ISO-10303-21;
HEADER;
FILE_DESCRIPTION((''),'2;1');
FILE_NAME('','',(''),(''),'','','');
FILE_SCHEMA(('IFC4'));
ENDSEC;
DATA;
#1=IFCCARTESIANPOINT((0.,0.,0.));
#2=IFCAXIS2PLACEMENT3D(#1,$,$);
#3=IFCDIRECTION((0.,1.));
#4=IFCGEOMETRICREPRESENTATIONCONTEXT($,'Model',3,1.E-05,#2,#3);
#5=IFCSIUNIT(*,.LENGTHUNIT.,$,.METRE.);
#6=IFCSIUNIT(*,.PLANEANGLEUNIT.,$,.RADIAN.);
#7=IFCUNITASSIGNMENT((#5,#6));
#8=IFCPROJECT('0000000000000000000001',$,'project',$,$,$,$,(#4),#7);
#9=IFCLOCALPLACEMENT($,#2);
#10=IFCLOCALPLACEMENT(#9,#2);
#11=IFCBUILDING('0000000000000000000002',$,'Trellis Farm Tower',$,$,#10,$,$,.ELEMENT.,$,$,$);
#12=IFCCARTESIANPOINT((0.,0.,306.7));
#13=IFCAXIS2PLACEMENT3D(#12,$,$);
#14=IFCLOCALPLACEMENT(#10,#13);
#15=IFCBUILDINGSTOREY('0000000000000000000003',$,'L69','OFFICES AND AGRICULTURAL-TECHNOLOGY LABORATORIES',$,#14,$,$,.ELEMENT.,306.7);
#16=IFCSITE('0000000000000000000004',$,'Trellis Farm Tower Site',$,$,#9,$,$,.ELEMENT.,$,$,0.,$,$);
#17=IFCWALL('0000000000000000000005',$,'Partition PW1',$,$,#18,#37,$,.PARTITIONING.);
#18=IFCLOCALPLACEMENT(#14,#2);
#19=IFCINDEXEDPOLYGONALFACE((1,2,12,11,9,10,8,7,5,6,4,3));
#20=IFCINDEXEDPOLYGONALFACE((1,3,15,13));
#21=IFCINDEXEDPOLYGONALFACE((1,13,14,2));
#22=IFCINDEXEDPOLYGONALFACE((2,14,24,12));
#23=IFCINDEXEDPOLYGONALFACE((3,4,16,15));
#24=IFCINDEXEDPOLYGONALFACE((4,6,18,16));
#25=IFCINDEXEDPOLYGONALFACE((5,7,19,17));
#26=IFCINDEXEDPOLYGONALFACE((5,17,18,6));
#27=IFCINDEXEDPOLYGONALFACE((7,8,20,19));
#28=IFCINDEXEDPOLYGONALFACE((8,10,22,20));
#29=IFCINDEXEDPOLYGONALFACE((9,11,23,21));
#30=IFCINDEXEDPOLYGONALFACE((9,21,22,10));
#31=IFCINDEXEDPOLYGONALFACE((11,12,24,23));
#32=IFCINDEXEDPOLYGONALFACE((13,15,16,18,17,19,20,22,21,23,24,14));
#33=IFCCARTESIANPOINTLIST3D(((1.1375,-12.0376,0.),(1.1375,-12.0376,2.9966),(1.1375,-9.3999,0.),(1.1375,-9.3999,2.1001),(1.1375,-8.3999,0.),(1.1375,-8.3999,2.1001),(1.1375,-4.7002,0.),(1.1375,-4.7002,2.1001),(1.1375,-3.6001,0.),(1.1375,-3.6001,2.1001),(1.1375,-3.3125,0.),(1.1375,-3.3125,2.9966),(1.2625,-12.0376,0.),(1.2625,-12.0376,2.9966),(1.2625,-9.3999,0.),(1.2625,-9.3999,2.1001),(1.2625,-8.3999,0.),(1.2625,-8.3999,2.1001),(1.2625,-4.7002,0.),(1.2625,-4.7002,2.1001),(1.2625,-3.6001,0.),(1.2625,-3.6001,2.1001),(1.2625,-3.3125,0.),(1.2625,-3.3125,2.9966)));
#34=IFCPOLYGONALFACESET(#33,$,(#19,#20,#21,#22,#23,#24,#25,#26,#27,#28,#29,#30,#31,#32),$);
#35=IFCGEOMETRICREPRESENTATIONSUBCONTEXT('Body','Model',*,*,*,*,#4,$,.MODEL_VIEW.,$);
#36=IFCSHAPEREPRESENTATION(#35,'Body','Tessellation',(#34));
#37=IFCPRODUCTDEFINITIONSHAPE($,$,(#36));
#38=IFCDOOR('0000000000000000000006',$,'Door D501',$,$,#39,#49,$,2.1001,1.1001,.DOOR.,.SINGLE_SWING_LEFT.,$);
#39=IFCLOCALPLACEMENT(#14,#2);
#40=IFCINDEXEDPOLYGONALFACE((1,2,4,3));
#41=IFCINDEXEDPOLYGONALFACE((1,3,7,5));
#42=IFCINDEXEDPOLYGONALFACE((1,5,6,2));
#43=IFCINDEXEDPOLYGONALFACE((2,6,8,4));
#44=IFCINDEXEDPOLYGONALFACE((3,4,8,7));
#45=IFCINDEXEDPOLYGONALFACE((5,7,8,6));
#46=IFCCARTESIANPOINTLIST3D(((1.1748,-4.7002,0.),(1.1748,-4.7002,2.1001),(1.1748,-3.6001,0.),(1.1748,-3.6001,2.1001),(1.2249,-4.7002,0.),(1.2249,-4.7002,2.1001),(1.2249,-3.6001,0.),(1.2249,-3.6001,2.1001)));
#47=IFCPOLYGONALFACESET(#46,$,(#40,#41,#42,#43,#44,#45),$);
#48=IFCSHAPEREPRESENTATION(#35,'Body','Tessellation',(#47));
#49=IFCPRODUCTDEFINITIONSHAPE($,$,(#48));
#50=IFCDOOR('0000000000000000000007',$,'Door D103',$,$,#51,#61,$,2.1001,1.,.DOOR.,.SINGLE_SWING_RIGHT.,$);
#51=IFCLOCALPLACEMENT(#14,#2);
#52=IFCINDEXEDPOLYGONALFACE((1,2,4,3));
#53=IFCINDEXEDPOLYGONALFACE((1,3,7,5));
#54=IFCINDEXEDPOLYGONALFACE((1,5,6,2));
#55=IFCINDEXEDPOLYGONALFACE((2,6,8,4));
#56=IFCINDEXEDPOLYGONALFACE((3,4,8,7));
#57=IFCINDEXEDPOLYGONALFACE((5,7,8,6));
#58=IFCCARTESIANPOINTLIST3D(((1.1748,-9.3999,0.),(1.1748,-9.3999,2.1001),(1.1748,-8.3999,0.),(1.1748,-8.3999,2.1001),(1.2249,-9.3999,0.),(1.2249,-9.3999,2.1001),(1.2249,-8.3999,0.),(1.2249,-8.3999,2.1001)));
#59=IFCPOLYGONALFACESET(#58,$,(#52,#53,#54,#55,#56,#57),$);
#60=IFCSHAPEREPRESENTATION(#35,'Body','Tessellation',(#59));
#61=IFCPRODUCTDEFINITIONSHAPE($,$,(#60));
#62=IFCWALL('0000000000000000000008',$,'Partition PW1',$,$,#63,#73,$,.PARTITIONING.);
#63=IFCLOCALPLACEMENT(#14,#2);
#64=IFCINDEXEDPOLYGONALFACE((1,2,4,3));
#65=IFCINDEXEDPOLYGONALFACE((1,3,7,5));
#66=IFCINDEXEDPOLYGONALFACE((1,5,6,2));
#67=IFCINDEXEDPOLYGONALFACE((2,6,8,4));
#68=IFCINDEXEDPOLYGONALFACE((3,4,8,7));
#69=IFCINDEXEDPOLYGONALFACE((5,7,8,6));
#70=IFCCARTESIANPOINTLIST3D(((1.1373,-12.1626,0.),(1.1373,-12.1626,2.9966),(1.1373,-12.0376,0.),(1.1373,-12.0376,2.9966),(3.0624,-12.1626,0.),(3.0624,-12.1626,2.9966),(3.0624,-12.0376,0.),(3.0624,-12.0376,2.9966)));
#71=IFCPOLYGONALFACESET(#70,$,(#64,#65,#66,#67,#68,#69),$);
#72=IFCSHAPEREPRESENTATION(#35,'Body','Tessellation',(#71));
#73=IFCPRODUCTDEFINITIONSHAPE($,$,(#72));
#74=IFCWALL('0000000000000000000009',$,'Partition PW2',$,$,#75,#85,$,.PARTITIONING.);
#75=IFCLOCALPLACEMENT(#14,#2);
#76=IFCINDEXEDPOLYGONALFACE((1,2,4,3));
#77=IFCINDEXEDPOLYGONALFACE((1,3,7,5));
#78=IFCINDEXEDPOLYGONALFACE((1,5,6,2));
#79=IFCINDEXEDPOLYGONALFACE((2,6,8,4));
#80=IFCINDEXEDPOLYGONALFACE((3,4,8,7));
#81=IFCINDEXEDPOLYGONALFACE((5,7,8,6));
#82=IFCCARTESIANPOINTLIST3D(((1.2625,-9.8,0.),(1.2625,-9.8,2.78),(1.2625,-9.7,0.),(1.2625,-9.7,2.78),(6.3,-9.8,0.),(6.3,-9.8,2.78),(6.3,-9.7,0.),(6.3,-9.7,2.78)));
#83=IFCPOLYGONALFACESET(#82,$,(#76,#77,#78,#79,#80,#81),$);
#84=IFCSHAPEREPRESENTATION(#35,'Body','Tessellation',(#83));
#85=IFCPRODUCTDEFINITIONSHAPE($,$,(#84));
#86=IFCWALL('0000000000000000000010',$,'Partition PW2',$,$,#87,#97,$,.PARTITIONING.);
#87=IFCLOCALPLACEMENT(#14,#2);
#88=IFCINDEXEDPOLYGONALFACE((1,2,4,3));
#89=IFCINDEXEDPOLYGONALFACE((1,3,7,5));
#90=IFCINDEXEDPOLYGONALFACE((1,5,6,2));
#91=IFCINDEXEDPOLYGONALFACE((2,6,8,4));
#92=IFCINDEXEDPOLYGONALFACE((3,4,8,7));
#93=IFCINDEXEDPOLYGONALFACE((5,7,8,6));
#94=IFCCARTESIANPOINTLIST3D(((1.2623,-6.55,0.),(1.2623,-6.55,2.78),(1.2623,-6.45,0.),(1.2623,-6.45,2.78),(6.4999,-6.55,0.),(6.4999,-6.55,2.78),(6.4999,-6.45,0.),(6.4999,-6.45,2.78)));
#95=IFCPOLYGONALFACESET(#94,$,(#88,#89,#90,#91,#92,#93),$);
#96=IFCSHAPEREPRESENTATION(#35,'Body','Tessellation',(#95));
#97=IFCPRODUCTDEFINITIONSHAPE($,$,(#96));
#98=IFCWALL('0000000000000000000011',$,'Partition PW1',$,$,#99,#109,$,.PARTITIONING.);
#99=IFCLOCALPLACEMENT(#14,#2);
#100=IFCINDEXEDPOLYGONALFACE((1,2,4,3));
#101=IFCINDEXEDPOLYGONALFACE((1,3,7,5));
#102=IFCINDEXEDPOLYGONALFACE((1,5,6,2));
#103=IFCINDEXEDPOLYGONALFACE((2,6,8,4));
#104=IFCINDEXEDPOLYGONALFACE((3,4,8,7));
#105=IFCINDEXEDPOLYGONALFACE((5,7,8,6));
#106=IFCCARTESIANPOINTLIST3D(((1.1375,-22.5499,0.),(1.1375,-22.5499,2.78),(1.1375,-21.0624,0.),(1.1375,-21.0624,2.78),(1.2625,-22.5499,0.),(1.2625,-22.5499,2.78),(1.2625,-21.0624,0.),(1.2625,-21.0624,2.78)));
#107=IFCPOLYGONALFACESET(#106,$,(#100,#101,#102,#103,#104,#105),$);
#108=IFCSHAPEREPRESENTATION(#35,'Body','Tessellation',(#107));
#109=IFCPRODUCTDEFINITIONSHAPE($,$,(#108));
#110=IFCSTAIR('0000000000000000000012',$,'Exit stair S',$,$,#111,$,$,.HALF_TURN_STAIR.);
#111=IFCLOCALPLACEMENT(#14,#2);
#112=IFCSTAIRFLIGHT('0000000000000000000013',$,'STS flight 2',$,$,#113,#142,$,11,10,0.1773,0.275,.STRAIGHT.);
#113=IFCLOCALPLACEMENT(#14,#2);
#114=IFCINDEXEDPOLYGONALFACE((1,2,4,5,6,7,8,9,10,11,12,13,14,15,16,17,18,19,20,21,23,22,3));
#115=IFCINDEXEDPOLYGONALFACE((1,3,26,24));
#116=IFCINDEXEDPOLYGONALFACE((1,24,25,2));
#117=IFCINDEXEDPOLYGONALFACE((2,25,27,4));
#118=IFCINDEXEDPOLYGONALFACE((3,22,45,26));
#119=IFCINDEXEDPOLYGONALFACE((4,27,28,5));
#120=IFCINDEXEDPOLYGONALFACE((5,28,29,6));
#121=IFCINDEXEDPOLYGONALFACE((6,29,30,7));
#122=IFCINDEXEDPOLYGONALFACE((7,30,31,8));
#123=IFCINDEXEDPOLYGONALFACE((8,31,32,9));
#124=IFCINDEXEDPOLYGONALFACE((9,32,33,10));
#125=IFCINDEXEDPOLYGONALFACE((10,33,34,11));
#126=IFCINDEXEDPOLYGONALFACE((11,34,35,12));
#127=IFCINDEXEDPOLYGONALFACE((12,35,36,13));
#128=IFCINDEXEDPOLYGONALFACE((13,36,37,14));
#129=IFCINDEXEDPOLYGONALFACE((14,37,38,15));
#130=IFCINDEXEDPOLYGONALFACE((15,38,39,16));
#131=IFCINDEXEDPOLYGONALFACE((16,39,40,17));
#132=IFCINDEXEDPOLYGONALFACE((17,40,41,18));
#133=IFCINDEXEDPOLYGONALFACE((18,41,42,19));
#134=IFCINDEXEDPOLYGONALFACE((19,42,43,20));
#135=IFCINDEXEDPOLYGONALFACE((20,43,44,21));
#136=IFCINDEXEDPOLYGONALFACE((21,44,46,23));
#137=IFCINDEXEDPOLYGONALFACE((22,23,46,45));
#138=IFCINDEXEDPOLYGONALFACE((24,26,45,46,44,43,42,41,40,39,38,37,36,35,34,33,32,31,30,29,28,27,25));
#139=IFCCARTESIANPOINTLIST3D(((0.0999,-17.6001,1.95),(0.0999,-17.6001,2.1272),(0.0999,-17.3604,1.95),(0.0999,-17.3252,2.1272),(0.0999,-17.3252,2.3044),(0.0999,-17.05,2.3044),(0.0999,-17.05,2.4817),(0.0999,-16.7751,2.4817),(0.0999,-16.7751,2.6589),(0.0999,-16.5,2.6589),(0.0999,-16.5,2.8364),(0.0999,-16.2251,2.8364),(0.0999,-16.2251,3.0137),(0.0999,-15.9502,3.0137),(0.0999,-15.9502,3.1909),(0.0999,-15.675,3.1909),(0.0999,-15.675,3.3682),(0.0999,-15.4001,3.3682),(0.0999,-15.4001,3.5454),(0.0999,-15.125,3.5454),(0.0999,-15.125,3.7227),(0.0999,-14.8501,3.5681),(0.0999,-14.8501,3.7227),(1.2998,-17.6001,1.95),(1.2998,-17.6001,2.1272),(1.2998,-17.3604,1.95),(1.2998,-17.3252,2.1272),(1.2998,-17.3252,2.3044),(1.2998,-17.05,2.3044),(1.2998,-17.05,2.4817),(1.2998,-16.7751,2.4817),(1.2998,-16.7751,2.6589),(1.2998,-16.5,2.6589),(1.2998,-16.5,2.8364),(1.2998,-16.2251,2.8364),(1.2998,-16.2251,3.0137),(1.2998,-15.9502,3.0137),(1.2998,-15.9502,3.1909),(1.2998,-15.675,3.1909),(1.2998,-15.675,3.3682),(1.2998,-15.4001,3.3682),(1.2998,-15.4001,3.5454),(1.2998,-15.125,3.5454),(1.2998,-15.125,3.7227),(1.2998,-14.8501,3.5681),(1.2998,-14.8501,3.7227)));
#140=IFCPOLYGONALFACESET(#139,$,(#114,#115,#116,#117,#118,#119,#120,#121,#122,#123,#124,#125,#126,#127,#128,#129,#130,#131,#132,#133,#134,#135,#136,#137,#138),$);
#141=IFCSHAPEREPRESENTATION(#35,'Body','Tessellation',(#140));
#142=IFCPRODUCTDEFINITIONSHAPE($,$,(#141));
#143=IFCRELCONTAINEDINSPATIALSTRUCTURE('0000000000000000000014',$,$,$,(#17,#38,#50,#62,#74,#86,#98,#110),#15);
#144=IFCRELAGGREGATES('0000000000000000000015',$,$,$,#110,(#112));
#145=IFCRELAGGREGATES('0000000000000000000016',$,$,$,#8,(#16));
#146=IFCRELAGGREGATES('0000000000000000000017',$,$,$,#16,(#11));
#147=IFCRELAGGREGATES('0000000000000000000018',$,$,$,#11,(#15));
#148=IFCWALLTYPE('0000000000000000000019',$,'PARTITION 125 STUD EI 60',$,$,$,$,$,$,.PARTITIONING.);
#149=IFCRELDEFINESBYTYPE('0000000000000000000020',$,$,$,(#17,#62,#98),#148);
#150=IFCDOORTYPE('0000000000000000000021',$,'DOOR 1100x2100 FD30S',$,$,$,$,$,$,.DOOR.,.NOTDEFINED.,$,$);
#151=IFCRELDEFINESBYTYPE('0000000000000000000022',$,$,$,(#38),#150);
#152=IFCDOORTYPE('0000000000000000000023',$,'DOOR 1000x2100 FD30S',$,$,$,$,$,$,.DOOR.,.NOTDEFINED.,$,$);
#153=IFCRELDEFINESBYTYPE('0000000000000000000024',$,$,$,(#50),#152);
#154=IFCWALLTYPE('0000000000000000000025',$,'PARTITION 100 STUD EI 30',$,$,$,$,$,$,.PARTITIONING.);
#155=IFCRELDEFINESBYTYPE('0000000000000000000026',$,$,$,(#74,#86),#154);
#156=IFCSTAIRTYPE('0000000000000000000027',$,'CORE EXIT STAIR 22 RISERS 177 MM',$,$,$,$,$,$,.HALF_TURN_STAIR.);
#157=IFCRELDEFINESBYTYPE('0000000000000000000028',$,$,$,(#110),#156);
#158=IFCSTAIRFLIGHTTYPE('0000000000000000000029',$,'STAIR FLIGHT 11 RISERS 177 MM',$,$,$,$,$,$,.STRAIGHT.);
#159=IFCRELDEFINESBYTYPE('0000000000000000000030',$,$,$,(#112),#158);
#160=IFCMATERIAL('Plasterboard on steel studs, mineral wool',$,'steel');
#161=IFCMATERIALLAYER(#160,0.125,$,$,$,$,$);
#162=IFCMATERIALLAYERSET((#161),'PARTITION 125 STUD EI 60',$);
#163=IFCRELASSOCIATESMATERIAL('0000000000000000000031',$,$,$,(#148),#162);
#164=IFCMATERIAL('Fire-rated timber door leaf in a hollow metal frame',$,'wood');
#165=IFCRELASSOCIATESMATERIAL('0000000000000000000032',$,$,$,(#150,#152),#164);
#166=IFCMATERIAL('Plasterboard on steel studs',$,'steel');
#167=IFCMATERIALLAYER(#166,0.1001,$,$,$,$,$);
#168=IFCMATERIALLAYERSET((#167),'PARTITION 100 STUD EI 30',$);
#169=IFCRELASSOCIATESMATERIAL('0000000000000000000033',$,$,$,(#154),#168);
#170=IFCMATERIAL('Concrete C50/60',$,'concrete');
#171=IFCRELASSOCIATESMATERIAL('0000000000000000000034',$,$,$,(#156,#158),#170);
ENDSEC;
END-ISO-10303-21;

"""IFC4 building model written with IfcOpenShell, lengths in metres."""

from ifc_helpers import new_model, si_unit, direction, frame, frame_2d, origin, place, context, subcontext, project, spatial, polyline, rectangle, outline, extrude, source, transform, mapped, material, layer, layer_set, type_object, element, fill, aggregate, save


model = new_model("IFC4")

# Units and contexts
model_context = context("Model", 3, precision=1e-05, world=origin(), true_north=direction((0.0, 1.0)))
body_context = subcontext(model_context, "Body", "Model", "MODEL_VIEW")
ifc_project = project(units=[si_unit("LENGTHUNIT", "METRE"), si_unit("PLANEANGLEUNIT", "RADIAN")], contexts=[model_context])

# Site, building, storey
site_placement = place(None, origin())
site = spatial("IfcSite", under=ifc_project, at=site_placement, Name="Trellis Farm Tower Site", CompositionType="ELEMENT", RefElevation=0.0)
building_placement = place(site_placement, origin())
building = spatial("IfcBuilding", under=site, at=building_placement, Name="Trellis Farm Tower", CompositionType="ELEMENT")
storey_placement = place(building_placement, frame((0.0, 0.0, 306.7)))
storey = spatial("IfcBuildingStorey", under=building, at=storey_placement, Name="L69", Description="OFFICES AND AGRICULTURAL-TECHNOLOGY LABORATORIES", CompositionType="ELEMENT", Elevation=306.7)

# Shared definitions
placement_1 = place(storey_placement, origin())

# Shared definitions
ifc_material_1 = material(Name="Concrete C50/60", Category="concrete")

# Wall, openings, doors
ifc_material_2 = material(Name="Plasterboard on steel studs, mineral wool", Category="steel")
ifc_layer_1 = layer(ifc_material_2, 0.125)
ifc_layer_set_1 = layer_set([ifc_layer_1], Name="PARTITION 125 STUD EI 60")
wall_type_1 = type_object("IfcWallType", Name="PARTITION 125 STUD EI 60", PredefinedType="PARTITIONING", material=ifc_layer_set_1)
shared_shape_1 = source(origin(), body_context, "Body", "SweptSolid", [
    extrude(rectangle(XDim=8.7251, YDim=0.125, at=frame_2d((4.3625, 0.0))), origin(), (0.0, 0.0, 1.0), 2.9966),
])
wall_1_placement = place(storey_placement, frame((1.2, -3.3125, 0.0), z_axis=(0.0, 0.0, 1.0), x_axis=(0.0, -1.0, 0.0)))
wall_1 = element("IfcWall", 1, at=wall_1_placement, inside=storey, type_object=wall_type_1, Name="Partition PW1", PredefinedType="PARTITIONING", context=body_context, shape_type="MappedRepresentation", body=[
    mapped(shared_shape_1, transform((0.0, 0.0, 0.0))),
])
shared_shape_2 = source(origin(), body_context, "Body", "SweptSolid", [
    extrude(rectangle(XDim=1.0, YDim=2.1001, at=frame_2d((0.5, 1.05))), frame((0.0, 0.0725, 0.0), z_axis=(0.0, -1.0, 0.0), x_axis=(1.0, 0.0, 0.0)), (0.0, 0.0, 1.0), 0.145),
])
opening_1_placement = place(wall_1_placement, frame((5.0874, 0.0, 0.0)))
opening_1 = element("IfcOpeningElement", 2, at=opening_1_placement, cuts=wall_1, PredefinedType="OPENING", context=body_context, shape_type="MappedRepresentation", body=[
    mapped(shared_shape_2, transform((0.0, 0.0, 0.0))),
])
shared_shape_3 = source(origin(), body_context, "Body", "SweptSolid", [
    extrude(rectangle(XDim=1.1001, YDim=2.1001, at=frame_2d((0.55, 1.05))), frame((0.0, 0.0725, 0.0), z_axis=(0.0, -1.0, 0.0), x_axis=(1.0, 0.0, 0.0)), (0.0, 0.0, 1.0), 0.145),
])
opening_2_placement = place(wall_1_placement, frame((0.2876, 0.0, 0.0)))
opening_2 = element("IfcOpeningElement", 3, at=opening_2_placement, cuts=wall_1, PredefinedType="OPENING", context=body_context, shape_type="MappedRepresentation", body=[
    mapped(shared_shape_3, transform((0.0, 0.0, 0.0))),
])
ifc_material_3 = material(Name="Fire-rated timber door leaf in a hollow metal frame", Category="wood")
door_type_1 = type_object("IfcDoorType", Name="DOOR 1100x2100 FD30S", OperationType="NOTDEFINED", PredefinedType="DOOR", material=ifc_material_3)
shared_shape_4 = source(origin(), body_context, "Body", "SweptSolid", [
    extrude(rectangle(XDim=1.1001, YDim=2.1001, at=frame_2d((0.55, 1.05))), frame((0.0, 0.0249, 0.0), z_axis=(0.0, -1.0, 0.0), x_axis=(1.0, 0.0, 0.0)), (0.0, 0.0, 1.0), 0.05),
])
door_1_placement = place(opening_2_placement, origin())
door_1 = element("IfcDoor", 4, at=door_1_placement, inside=storey, type_object=door_type_1, Name="Door D501", OperationType="SINGLE_SWING_LEFT", OverallHeight=2.1001, OverallWidth=1.1001, PredefinedType="DOOR", context=body_context, shape_type="MappedRepresentation", body=[
    mapped(shared_shape_4, transform((0.0, 0.0, 0.0))),
])
fill(opening_2, door_1)
door_type_2 = type_object("IfcDoorType", Name="DOOR 1000x2100 FD30S", OperationType="NOTDEFINED", PredefinedType="DOOR", material=ifc_material_3)
shared_shape_5 = source(origin(), body_context, "Body", "SweptSolid", [
    extrude(rectangle(XDim=1.0, YDim=2.1001, at=frame_2d((0.5, 1.05))), frame((0.0, 0.0249, 0.0), z_axis=(0.0, -1.0, 0.0), x_axis=(1.0, 0.0, 0.0)), (0.0, 0.0, 1.0), 0.05),
])
door_2_placement = place(opening_1_placement, origin())
door_2 = element("IfcDoor", 5, at=door_2_placement, inside=storey, type_object=door_type_2, Name="Door D103", OperationType="SINGLE_SWING_RIGHT", OverallHeight=2.1001, OverallWidth=1.0, PredefinedType="DOOR", context=body_context, shape_type="MappedRepresentation", body=[
    mapped(shared_shape_5, transform((0.0, 0.0, 0.0))),
])
fill(opening_1, door_2)

# Walls
shared_shape_6 = source(origin(), body_context, "Body", "SweptSolid", [
    extrude(rectangle(XDim=1.925, YDim=0.125, at=frame_2d((0.9624, 0.0))), origin(), (0.0, 0.0, 1.0), 2.9966),
])
wall_2_placement = place(storey_placement, frame((1.1375, -12.1001, 0.0), z_axis=(0.0, 0.0, 1.0), x_axis=(1.0, 0.0, 0.0)))
element("IfcWall", 6, at=wall_2_placement, inside=storey, type_object=wall_type_1, Name="Partition PW1", PredefinedType="PARTITIONING", context=body_context, shape_type="MappedRepresentation", body=[
    mapped(shared_shape_6, transform((0.0, 0.0, 0.0))),
])
ifc_material_4 = material(Name="Plasterboard on steel studs", Category="steel")
ifc_layer_2 = layer(ifc_material_4, 0.1001)
ifc_layer_set_2 = layer_set([ifc_layer_2], Name="PARTITION 100 STUD EI 30")
wall_type_2 = type_object("IfcWallType", Name="PARTITION 100 STUD EI 30", PredefinedType="PARTITIONING", material=ifc_layer_set_2)
shared_shape_7 = source(origin(), body_context, "Body", "SweptSolid", [
    extrude(rectangle(XDim=5.0376, YDim=0.1001, at=frame_2d((2.5188, 0.0))), origin(), (0.0, 0.0, 1.0), 2.78),
])
wall_3_placement = place(storey_placement, frame((1.2625, -9.75, 0.0), z_axis=(0.0, 0.0, 1.0), x_axis=(1.0, 0.0, 0.0)))
element("IfcWall", 7, at=wall_3_placement, inside=storey, type_object=wall_type_2, Name="Partition PW2", PredefinedType="PARTITIONING", context=body_context, shape_type="MappedRepresentation", body=[
    mapped(shared_shape_7, transform((0.0, 0.0, 0.0))),
])
shared_shape_8 = source(origin(), body_context, "Body", "SweptSolid", [
    extrude(rectangle(XDim=5.2375, YDim=0.1001, at=frame_2d((2.6187, 0.0))), origin(), (0.0, 0.0, 1.0), 2.78),
])
wall_4_placement = place(storey_placement, frame((1.2625, -6.5, 0.0), z_axis=(0.0, 0.0, 1.0), x_axis=(1.0, 0.0, 0.0)))
element("IfcWall", 8, at=wall_4_placement, inside=storey, type_object=wall_type_2, Name="Partition PW2", PredefinedType="PARTITIONING", context=body_context, shape_type="MappedRepresentation", body=[
    mapped(shared_shape_8, transform((0.0, 0.0, 0.0))),
])
shared_shape_9 = source(origin(), body_context, "Body", "SweptSolid", [
    extrude(rectangle(XDim=1.4875, YDim=0.125, at=frame_2d((0.7437, 0.0))), origin(), (0.0, 0.0, 1.0), 2.78),
])
wall_5_placement = place(storey_placement, frame((1.2, -21.0625, 0.0), z_axis=(0.0, 0.0, 1.0), x_axis=(0.0, -1.0, 0.0)))
element("IfcWall", 9, at=wall_5_placement, inside=storey, type_object=wall_type_1, Name="Partition PW1", PredefinedType="PARTITIONING", context=body_context, shape_type="MappedRepresentation", body=[
    mapped(shared_shape_9, transform((0.0, 0.0, 0.0))),
])

# Stair, stair flight
stair_type = type_object("IfcStairType", Name="CORE EXIT STAIR 22 RISERS 177 MM", PredefinedType="HALF_TURN_STAIR", material=ifc_material_1)
stair = element("IfcStair", 10, at=placement_1, inside=storey, type_object=stair_type, Name="Exit stair S", PredefinedType="HALF_TURN_STAIR")
stair_flight_type = type_object("IfcStairFlightType", Name="STAIR FLIGHT 11 RISERS 177 MM", PredefinedType="STRAIGHT", material=ifc_material_1)
shared_shape_10 = source(origin(), body_context, "Body", "SweptSolid", [
    extrude(outline(polyline([(0.0, 0.0), (0.0, 0.1772), (0.2749, 0.1772), (0.2749, 0.3545), (0.55, 0.3545), (0.55, 0.5317), (0.825, 0.5317), (0.825, 0.709), (1.1001, 0.709), (1.1001, 0.8865), (1.375, 0.8865), (1.375, 1.0637), (1.6499, 1.0637), (1.6499, 1.241), (1.925, 1.241), (1.925, 1.4182), (2.2, 1.4182), (2.2, 1.5955), (2.4751, 1.5955), (2.4751, 1.7727), (2.75, 1.7727), (2.75, 1.95), (2.75, 1.6182), (0.2397, 0.0), (0.0, 0.0)])), frame((0.0, 0.6001, 0.0), z_axis=(0.0, -1.0, 0.0), x_axis=(1.0, 0.0, 0.0)), (0.0, 0.0, 1.0), 1.2),
])
stair_flight_placement = place(storey_placement, frame((0.7, -17.6001, 1.95), z_axis=(0.0, 0.0, 1.0), x_axis=(0.0, 1.0, 0.0)))
stair_flight = element("IfcStairFlight", 11, at=stair_flight_placement, type_object=stair_flight_type, Name="STS flight 2", NumberOfRisers=11, NumberOfTreads=10, PredefinedType="STRAIGHT", RiserHeight=0.1773, TreadLength=0.275, context=body_context, shape_type="MappedRepresentation", body=[
    mapped(shared_shape_10, transform((0.0, 0.0, 0.0))),
])
aggregate(stair, [stair_flight])

save(model, "model.ifc")
